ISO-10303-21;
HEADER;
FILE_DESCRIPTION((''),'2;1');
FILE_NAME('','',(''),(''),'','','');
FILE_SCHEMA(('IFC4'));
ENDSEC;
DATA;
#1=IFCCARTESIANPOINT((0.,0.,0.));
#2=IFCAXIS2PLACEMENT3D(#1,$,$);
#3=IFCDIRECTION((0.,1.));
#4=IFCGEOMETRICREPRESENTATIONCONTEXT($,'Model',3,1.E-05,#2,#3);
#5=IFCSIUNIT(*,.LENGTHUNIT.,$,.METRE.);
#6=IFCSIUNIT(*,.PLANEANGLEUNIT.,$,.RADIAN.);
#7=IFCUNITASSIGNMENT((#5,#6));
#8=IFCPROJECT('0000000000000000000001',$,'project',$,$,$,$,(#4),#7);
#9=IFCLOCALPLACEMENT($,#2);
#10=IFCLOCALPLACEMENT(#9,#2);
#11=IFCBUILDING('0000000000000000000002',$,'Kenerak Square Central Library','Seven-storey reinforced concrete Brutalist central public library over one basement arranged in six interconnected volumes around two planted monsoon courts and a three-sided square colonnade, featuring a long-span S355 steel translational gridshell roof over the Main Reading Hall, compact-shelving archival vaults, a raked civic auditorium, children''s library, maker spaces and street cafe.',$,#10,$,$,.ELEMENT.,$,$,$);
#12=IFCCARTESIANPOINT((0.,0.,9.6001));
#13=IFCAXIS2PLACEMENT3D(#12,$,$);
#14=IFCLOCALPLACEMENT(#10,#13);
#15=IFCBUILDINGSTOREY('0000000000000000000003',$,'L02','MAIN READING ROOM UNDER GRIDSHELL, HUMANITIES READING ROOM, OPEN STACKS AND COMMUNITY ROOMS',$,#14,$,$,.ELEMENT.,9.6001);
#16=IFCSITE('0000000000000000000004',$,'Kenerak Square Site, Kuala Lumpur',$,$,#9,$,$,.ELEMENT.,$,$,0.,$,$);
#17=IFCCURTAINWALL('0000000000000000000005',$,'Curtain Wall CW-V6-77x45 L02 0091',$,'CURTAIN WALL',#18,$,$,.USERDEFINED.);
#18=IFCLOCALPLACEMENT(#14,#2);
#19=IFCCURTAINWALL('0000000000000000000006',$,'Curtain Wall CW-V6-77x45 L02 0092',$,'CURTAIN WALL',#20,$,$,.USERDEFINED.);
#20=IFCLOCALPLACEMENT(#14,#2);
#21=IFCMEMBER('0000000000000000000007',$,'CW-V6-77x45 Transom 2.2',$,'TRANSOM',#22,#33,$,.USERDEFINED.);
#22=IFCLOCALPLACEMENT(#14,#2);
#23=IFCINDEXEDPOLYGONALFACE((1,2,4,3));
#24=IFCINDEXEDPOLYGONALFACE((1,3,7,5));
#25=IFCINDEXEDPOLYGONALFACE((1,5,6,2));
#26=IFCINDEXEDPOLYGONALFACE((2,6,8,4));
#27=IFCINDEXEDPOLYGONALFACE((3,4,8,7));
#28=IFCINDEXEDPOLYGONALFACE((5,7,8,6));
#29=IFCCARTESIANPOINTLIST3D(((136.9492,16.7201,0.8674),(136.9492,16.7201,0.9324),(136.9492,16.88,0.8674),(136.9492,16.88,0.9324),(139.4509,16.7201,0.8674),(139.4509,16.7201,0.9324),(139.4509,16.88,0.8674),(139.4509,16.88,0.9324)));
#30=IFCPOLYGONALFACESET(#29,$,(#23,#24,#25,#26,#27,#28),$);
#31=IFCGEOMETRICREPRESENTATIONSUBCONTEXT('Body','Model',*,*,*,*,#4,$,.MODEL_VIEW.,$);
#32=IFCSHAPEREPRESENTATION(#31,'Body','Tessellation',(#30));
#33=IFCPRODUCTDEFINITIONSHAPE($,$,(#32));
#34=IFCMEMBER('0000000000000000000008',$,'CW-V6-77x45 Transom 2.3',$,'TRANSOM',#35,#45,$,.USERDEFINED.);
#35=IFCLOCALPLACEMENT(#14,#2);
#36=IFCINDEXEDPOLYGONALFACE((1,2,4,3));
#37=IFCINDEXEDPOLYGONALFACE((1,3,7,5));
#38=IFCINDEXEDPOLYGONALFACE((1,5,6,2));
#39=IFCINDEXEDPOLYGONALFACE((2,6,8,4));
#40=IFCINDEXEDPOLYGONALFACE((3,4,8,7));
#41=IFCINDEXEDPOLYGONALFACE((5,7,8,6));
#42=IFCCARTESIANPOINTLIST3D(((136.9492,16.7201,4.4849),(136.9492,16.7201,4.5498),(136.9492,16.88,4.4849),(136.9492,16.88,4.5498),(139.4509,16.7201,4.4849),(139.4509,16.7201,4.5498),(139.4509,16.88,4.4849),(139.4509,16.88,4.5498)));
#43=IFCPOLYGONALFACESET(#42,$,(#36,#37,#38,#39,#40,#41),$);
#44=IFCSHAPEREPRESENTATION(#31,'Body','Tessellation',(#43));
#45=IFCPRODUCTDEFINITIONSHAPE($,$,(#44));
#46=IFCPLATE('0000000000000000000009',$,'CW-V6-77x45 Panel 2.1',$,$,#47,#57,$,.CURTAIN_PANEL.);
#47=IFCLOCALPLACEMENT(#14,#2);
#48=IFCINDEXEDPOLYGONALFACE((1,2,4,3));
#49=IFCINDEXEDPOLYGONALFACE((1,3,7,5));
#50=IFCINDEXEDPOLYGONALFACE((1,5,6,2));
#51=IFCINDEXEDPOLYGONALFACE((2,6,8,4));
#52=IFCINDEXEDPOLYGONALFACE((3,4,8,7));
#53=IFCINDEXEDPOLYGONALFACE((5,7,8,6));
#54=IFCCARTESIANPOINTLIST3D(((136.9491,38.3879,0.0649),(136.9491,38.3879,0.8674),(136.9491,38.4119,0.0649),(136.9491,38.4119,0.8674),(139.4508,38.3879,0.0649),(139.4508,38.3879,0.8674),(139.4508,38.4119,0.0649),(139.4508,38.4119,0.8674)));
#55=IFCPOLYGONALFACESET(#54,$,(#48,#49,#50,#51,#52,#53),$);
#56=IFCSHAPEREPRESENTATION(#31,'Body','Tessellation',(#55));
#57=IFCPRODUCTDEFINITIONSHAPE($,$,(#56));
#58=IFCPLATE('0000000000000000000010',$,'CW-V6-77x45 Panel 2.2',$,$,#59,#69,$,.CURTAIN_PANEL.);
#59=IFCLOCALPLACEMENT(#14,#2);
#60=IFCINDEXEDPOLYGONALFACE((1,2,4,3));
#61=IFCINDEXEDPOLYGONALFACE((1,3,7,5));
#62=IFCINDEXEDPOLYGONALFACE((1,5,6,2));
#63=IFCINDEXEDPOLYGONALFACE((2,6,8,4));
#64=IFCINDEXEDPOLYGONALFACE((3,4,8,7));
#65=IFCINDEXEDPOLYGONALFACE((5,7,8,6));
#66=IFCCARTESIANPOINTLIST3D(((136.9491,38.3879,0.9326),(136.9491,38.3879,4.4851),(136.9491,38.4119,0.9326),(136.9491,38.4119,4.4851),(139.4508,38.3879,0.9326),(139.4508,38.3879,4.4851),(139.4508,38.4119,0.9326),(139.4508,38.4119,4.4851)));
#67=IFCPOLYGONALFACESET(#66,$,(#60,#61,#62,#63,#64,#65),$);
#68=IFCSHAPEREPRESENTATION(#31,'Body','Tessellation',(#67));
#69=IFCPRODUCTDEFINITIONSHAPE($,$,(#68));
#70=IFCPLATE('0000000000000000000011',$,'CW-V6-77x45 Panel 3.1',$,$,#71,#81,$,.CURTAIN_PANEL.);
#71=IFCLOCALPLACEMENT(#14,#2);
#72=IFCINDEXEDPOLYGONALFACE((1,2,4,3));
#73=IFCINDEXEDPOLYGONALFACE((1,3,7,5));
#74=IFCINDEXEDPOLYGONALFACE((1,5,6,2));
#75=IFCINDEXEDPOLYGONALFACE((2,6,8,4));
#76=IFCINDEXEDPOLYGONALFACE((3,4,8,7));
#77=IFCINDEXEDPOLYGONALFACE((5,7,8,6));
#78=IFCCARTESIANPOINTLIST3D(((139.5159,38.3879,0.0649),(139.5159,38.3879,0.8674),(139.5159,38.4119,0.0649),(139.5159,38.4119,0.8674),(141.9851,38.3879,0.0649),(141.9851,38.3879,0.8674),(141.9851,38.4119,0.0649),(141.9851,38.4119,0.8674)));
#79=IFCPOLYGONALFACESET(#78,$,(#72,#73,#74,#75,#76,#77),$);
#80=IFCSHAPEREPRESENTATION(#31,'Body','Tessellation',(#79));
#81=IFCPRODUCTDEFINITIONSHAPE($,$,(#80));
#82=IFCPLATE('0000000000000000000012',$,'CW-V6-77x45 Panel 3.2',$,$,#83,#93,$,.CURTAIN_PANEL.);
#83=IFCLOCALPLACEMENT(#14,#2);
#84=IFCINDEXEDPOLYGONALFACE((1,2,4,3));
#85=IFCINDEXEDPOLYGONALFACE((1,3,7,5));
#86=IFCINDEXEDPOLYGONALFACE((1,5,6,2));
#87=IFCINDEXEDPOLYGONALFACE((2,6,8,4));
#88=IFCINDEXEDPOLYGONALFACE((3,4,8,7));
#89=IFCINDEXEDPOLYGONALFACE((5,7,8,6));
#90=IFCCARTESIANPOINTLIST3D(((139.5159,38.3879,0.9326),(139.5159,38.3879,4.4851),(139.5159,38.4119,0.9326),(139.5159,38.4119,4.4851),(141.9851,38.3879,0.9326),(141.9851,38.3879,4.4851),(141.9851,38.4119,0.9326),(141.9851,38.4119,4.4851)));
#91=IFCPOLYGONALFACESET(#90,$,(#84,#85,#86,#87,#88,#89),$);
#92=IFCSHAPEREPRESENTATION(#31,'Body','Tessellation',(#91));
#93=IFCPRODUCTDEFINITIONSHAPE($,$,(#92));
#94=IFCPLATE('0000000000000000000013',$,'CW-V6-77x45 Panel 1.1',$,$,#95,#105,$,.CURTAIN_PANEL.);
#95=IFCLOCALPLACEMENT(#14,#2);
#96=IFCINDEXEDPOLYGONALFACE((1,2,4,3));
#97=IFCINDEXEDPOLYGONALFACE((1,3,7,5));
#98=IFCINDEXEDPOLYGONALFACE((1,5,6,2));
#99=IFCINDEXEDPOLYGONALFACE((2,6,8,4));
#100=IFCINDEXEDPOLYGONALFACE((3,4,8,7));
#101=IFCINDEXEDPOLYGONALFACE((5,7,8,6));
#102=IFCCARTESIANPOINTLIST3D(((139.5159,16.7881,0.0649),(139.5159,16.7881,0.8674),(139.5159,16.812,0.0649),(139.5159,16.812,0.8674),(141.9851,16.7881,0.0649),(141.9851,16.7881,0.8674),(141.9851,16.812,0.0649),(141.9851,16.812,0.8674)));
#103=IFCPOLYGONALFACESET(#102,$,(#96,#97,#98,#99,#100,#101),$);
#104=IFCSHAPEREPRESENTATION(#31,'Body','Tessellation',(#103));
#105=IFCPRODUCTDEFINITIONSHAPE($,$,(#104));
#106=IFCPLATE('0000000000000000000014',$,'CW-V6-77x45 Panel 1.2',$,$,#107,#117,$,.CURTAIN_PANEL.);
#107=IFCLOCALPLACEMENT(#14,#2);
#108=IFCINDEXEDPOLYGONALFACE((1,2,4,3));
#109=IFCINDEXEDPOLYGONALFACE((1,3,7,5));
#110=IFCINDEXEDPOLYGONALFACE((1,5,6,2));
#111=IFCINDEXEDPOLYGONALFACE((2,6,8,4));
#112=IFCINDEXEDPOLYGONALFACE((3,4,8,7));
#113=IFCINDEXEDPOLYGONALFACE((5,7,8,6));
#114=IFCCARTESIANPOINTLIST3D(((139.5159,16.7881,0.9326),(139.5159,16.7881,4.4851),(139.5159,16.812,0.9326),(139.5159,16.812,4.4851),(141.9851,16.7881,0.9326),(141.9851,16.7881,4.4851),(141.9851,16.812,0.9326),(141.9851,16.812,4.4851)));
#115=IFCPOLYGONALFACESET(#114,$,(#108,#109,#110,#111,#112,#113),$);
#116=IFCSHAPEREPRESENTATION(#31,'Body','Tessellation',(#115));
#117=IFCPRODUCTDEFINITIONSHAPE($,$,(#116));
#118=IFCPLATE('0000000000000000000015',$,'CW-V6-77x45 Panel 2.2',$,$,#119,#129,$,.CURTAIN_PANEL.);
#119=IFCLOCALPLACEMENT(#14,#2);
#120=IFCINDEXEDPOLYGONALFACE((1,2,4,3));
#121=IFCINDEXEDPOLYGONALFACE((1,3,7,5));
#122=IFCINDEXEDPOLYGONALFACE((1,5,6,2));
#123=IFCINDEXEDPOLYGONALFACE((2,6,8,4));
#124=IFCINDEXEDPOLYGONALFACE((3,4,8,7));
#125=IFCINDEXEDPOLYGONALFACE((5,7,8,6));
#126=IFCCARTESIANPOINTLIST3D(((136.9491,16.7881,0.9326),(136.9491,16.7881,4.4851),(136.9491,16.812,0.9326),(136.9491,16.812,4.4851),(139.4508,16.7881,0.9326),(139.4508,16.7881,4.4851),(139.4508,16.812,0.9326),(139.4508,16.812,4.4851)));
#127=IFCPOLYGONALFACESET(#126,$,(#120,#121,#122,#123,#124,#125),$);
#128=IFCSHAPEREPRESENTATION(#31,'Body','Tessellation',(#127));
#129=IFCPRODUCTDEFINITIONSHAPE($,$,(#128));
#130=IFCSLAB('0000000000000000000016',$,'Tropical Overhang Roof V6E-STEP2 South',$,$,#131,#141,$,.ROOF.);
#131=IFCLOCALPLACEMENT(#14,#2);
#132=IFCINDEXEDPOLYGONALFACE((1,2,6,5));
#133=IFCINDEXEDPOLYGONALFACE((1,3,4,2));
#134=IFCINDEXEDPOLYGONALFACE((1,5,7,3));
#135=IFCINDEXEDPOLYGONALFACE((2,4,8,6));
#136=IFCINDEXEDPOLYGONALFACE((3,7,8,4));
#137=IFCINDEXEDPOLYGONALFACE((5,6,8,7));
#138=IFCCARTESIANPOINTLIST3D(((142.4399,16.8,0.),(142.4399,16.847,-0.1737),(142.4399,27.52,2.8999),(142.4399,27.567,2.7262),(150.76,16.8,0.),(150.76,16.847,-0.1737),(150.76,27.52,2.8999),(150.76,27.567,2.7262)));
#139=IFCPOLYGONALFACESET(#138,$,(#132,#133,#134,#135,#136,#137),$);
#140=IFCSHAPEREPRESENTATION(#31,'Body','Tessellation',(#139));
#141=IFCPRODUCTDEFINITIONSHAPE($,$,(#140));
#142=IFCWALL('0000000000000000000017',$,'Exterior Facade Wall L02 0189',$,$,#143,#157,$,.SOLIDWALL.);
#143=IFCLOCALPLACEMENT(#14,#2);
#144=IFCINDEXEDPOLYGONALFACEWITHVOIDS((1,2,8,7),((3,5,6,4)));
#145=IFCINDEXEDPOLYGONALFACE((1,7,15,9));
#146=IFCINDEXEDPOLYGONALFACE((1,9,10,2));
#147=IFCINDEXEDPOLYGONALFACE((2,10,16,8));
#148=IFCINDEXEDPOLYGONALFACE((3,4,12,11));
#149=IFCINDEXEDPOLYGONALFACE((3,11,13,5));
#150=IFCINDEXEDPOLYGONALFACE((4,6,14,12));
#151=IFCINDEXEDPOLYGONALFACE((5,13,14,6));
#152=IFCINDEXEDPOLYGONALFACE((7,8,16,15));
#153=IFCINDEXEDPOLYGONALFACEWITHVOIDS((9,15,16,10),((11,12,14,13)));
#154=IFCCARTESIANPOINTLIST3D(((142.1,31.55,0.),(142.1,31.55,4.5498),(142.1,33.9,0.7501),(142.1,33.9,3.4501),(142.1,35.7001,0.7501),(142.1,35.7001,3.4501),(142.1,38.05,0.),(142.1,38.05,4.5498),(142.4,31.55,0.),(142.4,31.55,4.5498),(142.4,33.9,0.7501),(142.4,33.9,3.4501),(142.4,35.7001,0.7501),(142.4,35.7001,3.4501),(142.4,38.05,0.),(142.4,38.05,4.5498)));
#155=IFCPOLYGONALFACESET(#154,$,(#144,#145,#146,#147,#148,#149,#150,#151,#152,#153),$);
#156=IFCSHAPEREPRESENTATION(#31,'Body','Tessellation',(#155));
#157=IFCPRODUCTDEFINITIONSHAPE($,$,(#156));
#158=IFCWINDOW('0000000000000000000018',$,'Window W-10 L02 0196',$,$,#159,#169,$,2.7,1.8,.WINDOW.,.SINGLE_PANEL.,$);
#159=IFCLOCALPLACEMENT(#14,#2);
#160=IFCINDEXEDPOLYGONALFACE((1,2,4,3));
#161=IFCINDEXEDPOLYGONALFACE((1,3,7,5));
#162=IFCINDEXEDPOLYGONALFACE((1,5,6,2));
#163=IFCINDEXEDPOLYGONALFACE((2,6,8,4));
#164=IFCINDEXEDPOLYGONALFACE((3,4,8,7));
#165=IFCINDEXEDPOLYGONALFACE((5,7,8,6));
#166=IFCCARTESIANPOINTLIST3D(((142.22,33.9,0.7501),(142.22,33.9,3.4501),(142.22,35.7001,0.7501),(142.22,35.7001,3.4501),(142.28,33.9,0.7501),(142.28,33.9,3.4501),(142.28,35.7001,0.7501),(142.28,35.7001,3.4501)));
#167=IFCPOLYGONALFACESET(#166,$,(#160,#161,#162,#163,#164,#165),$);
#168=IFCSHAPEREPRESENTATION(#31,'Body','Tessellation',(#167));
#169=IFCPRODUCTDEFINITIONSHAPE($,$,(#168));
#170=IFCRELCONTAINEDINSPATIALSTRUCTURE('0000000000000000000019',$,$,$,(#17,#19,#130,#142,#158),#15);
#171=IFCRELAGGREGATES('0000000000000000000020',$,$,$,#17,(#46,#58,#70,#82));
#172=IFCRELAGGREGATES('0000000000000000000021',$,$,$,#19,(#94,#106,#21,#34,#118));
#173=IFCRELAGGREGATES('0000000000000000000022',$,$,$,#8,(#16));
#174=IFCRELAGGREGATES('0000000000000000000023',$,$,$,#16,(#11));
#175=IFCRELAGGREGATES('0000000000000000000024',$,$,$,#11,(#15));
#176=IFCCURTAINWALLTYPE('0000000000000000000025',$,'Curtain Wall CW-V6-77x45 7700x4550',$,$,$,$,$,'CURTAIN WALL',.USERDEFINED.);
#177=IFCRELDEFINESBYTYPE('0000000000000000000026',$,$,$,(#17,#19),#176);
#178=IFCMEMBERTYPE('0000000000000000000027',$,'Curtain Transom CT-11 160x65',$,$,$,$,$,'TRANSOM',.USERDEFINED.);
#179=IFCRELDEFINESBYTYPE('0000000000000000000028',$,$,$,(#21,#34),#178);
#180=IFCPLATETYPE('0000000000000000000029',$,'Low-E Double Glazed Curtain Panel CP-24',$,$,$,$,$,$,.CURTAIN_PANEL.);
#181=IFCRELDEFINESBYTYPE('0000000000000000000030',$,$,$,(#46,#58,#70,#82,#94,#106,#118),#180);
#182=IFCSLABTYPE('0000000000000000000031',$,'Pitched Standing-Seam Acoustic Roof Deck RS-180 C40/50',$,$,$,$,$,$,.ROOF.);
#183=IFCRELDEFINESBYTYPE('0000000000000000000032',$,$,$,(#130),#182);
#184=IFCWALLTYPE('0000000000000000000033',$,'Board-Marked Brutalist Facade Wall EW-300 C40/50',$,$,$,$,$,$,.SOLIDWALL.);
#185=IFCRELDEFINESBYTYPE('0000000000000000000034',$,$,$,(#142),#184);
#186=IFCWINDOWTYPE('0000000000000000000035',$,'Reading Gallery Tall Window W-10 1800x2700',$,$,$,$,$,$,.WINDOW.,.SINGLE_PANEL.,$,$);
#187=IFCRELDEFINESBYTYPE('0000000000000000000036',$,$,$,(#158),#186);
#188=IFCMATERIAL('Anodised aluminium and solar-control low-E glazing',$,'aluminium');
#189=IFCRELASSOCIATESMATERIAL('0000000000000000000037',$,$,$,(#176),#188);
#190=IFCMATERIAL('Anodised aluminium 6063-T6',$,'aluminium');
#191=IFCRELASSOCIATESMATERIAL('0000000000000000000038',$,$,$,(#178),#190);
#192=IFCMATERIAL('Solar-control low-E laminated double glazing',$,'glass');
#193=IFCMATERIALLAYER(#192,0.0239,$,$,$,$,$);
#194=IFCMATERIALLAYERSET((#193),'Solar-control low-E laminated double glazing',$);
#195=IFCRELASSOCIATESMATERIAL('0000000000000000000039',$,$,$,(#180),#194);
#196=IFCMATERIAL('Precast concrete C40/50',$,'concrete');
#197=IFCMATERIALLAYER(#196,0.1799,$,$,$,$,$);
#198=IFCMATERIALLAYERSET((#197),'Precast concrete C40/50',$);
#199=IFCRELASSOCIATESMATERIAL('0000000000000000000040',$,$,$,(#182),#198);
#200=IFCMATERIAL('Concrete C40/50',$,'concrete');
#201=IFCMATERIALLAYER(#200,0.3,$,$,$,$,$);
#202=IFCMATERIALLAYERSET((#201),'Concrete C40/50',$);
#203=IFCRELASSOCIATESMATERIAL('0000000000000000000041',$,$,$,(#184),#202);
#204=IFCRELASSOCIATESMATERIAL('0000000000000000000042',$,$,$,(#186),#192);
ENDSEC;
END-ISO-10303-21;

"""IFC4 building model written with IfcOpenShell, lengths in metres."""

from ifc_helpers import new_model, si_unit, direction, frame, frame_2d, origin, origin_2d, place, context, subcontext, project, spatial, polyline, rectangle, outline, extrude, material, layer, layer_set, material_profile, profile_set, type_object, element, fill, aggregate, save


model = new_model("IFC4")

# Units and contexts
model_context = context("Model", 3, precision=1e-05, world=origin(), true_north=direction((0.0, 1.0)))
body_context = subcontext(model_context, "Body", "Model", "MODEL_VIEW")
ifc_project = project(units=[si_unit("LENGTHUNIT", "METRE"), si_unit("PLANEANGLEUNIT", "RADIAN")], contexts=[model_context])

# Site, building, storey
site_placement = place(None, origin())
site = spatial("IfcSite", under=ifc_project, at=site_placement, Name="Kenerak Square Site, Kuala Lumpur", CompositionType="ELEMENT", RefElevation=0.0)
building_placement = place(site_placement, origin())
building = spatial("IfcBuilding", under=site, at=building_placement, Name="Kenerak Square Central Library", Description="Seven-storey reinforced concrete Brutalist central public library over one basement arranged in six interconnected volumes around two planted monsoon courts and a three-sided square colonnade, featuring a long-span S355 steel translational gridshell roof over the Main Reading Hall, compact-shelving archival vaults, a raked civic auditorium, children's library, maker spaces and street cafe.", CompositionType="ELEMENT")
storey_placement = place(building_placement, frame((0.0, 0.0, 9.6001)))
storey = spatial("IfcBuildingStorey", under=building, at=storey_placement, Name="L02", Description="MAIN READING ROOM UNDER GRIDSHELL, HUMANITIES READING ROOM, OPEN STACKS AND COMMUNITY ROOMS", CompositionType="ELEMENT", Elevation=9.6001)

# Shared definitions
ifc_material_1 = material(Name="Concrete C40/50", Category="concrete")

# Curtain walls
ifc_material_2 = material(Name="Anodised aluminium and solar-control low-E glazing", Category="aluminium")
curtain_wall_type = type_object("IfcCurtainWallType", Name="Curtain Wall CW-V6-77x45 7700x4550", ElementType="CURTAIN WALL", PredefinedType="USERDEFINED", material=ifc_material_2)
curtain_wall_1_placement = place(storey_placement, origin())
curtain_wall_1 = element("IfcCurtainWall", 1, at=curtain_wall_1_placement, inside=storey, type_object=curtain_wall_type, Name="Curtain Wall CW-V6-77x45 L02 0091", ObjectType="CURTAIN WALL", PredefinedType="USERDEFINED")
ifc_material_3 = material(Name="Anodised aluminium 6063-T6", Category="aluminium")
curtain_wall_2_placement = place(storey_placement, origin())
curtain_wall_2 = element("IfcCurtainWall", 2, at=curtain_wall_2_placement, inside=storey, type_object=curtain_wall_type, Name="Curtain Wall CW-V6-77x45 L02 0092", ObjectType="CURTAIN WALL", PredefinedType="USERDEFINED")

# Members
ifc_material_profile_1 = material_profile(ifc_material_3, rectangle(XDim=0.1599, YDim=0.0649, at=origin_2d()), Name="AL TRANSOM 160x65")
ifc_profile_set_1 = profile_set([ifc_material_profile_1], Name="Anodised aluminium 6063-T6")
member_type_1 = type_object("IfcMemberType", Name="Curtain Transom CT-11 160x65", ElementType="TRANSOM", PredefinedType="USERDEFINED", material=ifc_profile_set_1)
member_1_placement = place(storey_placement, frame((139.4509, 16.8, 0.8999), z_axis=(-1.0, 0.0, 0.0), x_axis=(0.0, -1.0, 0.0)))
member_1 = element("IfcMember", 3, at=member_1_placement, type_object=member_type_1, Name="CW-V6-77x45 Transom 2.2", ObjectType="TRANSOM", PredefinedType="USERDEFINED", context=body_context, shape_type="SweptSolid", body=[
    extrude(rectangle(XDim=0.1599, YDim=0.0649, at=origin_2d()), origin(), (0.0, 0.0, 1.0), 2.5017),
])
member_2_placement = place(storey_placement, frame((139.4509, 16.8, 4.5173), z_axis=(-1.0, 0.0, 0.0), x_axis=(0.0, -1.0, 0.0)))
member_2 = element("IfcMember", 4, at=member_2_placement, type_object=member_type_1, Name="CW-V6-77x45 Transom 2.3", ObjectType="TRANSOM", PredefinedType="USERDEFINED", context=body_context, shape_type="SweptSolid", body=[
    extrude(rectangle(XDim=0.1599, YDim=0.0649, at=origin_2d()), origin(), (0.0, 0.0, 1.0), 2.5017),
])

# Plates
ifc_material_4 = material(Name="Solar-control low-E laminated double glazing", Category="glass")
ifc_layer_1 = layer(ifc_material_4, 0.0239)
ifc_layer_set_1 = layer_set([ifc_layer_1], Name="Solar-control low-E laminated double glazing")
plate_type = type_object("IfcPlateType", Name="Low-E Double Glazed Curtain Panel CP-24", PredefinedType="CURTAIN_PANEL", material=ifc_layer_set_1)
plate_1_placement = place(storey_placement, frame((138.2, 38.3999, 0.0649), z_axis=(0.0, 0.0, 1.0), x_axis=(1.0, 0.0, 0.0)))
plate_1 = element("IfcPlate", 5, at=plate_1_placement, type_object=plate_type, Name="CW-V6-77x45 Panel 2.1", PredefinedType="CURTAIN_PANEL", context=body_context, shape_type="SweptSolid", body=[
    extrude(rectangle(XDim=2.5017, YDim=0.0239, at=origin_2d()), origin(), (0.0, 0.0, 1.0), 0.8025),
])
plate_2_placement = place(storey_placement, frame((138.2, 38.3999, 0.9326), z_axis=(0.0, 0.0, 1.0), x_axis=(1.0, 0.0, 0.0)))
plate_2 = element("IfcPlate", 6, at=plate_2_placement, type_object=plate_type, Name="CW-V6-77x45 Panel 2.2", PredefinedType="CURTAIN_PANEL", context=body_context, shape_type="SweptSolid", body=[
    extrude(rectangle(XDim=2.5017, YDim=0.0239, at=origin_2d()), origin(), (0.0, 0.0, 1.0), 3.5525),
])
plate_3_placement = place(storey_placement, frame((140.7505, 38.3999, 0.0649), z_axis=(0.0, 0.0, 1.0), x_axis=(1.0, 0.0, 0.0)))
plate_3 = element("IfcPlate", 7, at=plate_3_placement, type_object=plate_type, Name="CW-V6-77x45 Panel 3.1", PredefinedType="CURTAIN_PANEL", context=body_context, shape_type="SweptSolid", body=[
    extrude(rectangle(XDim=2.4692, YDim=0.0239, at=origin_2d()), origin(), (0.0, 0.0, 1.0), 0.8025),
])
plate_4_placement = place(storey_placement, frame((140.7505, 38.3999, 0.9326), z_axis=(0.0, 0.0, 1.0), x_axis=(1.0, 0.0, 0.0)))
plate_4 = element("IfcPlate", 8, at=plate_4_placement, type_object=plate_type, Name="CW-V6-77x45 Panel 3.2", PredefinedType="CURTAIN_PANEL", context=body_context, shape_type="SweptSolid", body=[
    extrude(rectangle(XDim=2.4692, YDim=0.0239, at=origin_2d()), origin(), (0.0, 0.0, 1.0), 3.5525),
])
aggregate(curtain_wall_1, [plate_1, plate_2, plate_3, plate_4])
plate_5_placement = place(storey_placement, frame((140.7505, 16.8, 0.0649), z_axis=(0.0, 0.0, 1.0), x_axis=(-1.0, 0.0, 0.0)))
plate_5 = element("IfcPlate", 9, at=plate_5_placement, type_object=plate_type, Name="CW-V6-77x45 Panel 1.1", PredefinedType="CURTAIN_PANEL", context=body_context, shape_type="SweptSolid", body=[
    extrude(rectangle(XDim=2.4692, YDim=0.0239, at=origin_2d()), origin(), (0.0, 0.0, 1.0), 0.8025),
])
plate_6_placement = place(storey_placement, frame((140.7505, 16.8, 0.9326), z_axis=(0.0, 0.0, 1.0), x_axis=(-1.0, 0.0, 0.0)))
plate_6 = element("IfcPlate", 10, at=plate_6_placement, type_object=plate_type, Name="CW-V6-77x45 Panel 1.2", PredefinedType="CURTAIN_PANEL", context=body_context, shape_type="SweptSolid", body=[
    extrude(rectangle(XDim=2.4692, YDim=0.0239, at=origin_2d()), origin(), (0.0, 0.0, 1.0), 3.5525),
])
plate_7_placement = place(storey_placement, frame((138.2, 16.8, 0.9326), z_axis=(0.0, 0.0, 1.0), x_axis=(-1.0, 0.0, 0.0)))
plate_7 = element("IfcPlate", 11, at=plate_7_placement, type_object=plate_type, Name="CW-V6-77x45 Panel 2.2", PredefinedType="CURTAIN_PANEL", context=body_context, shape_type="SweptSolid", body=[
    extrude(rectangle(XDim=2.5017, YDim=0.0239, at=origin_2d()), origin(), (0.0, 0.0, 1.0), 3.5525),
])
aggregate(curtain_wall_2, [plate_5, plate_6, member_1, member_2, plate_7])

# Slab
ifc_material_5 = material(Name="Precast concrete C40/50", Category="concrete")
ifc_layer_2 = layer(ifc_material_5, 0.1799)
ifc_layer_set_2 = layer_set([ifc_layer_2], Name="Precast concrete C40/50")
slab_type = type_object("IfcSlabType", Name="Pitched Standing-Seam Acoustic Roof Deck RS-180 C40/50", PredefinedType="ROOF", material=ifc_layer_set_2)
slab_placement = place(storey_placement, frame((142.4399, 16.8, 0.0), z_axis=(0.0, -0.261128, 0.965304), x_axis=(1.0, 0.0, 0.0)))
element("IfcSlab", 12, at=slab_placement, inside=storey, type_object=slab_type, Name="Tropical Overhang Roof V6E-STEP2 South", PredefinedType="ROOF", context=body_context, shape_type="SweptSolid", body=[
    extrude(outline(polyline([(0.0, 0.0), (8.3201, 0.0), (8.3201, 11.1053), (0.0, 11.1053), (0.0, 0.0)])), origin(), (0.0, 0.0, -1.0), 0.1799),
])

# Wall, opening, window
ifc_layer_3 = layer(ifc_material_1, 0.3)
ifc_layer_set_3 = layer_set([ifc_layer_3], Name="Concrete C40/50")
wall_type = type_object("IfcWallType", Name="Board-Marked Brutalist Facade Wall EW-300 C40/50", PredefinedType="SOLIDWALL", material=ifc_layer_set_3)
wall_1_placement = place(storey_placement, frame((142.25, 38.05, 0.0), z_axis=(0.0, 0.0, 1.0), x_axis=(0.0, -1.0, 0.0)))
wall_1 = element("IfcWall", 13, at=wall_1_placement, inside=storey, type_object=wall_type, Name="Exterior Facade Wall L02 0189", PredefinedType="SOLIDWALL", context=body_context, shape_type="SweptSolid", body=[
    extrude(rectangle(XDim=6.5, YDim=0.3, at=frame_2d((3.25, 0.0))), origin(), (0.0, 0.0, 1.0), 4.5498),
])
opening_1_placement = place(wall_1_placement, frame((2.3501, 0.0, 0.75)))
opening_1 = element("IfcOpeningElement", 14, at=opening_1_placement, cuts=wall_1, PredefinedType="OPENING", context=body_context, shape_type="SweptSolid", body=[
    extrude(rectangle(XDim=1.8, YDim=2.7, at=frame_2d((0.8999, 1.3501))), frame((0.0, 0.1599, 0.0), z_axis=(0.0, -1.0, 0.0), x_axis=(1.0, 0.0, 0.0)), (0.0, 0.0, 1.0), 0.3201),
])
window_type = type_object("IfcWindowType", Name="Reading Gallery Tall Window W-10 1800x2700", PartitioningType="SINGLE_PANEL", PredefinedType="WINDOW", material=ifc_material_4)
window_1_placement = place(opening_1_placement, origin())
window_1 = element("IfcWindow", 15, at=window_1_placement, inside=storey, type_object=window_type, Name="Window W-10 L02 0196", OverallHeight=2.7, OverallWidth=1.8, PartitioningType="SINGLE_PANEL", PredefinedType="WINDOW", context=body_context, shape_type="SweptSolid", body=[
    extrude(rectangle(XDim=1.8, YDim=2.7, at=frame_2d((0.8999, 1.3501))), frame((0.0, 0.03, 0.0), z_axis=(0.0, -1.0, 0.0), x_axis=(1.0, 0.0, 0.0)), (0.0, 0.0, 1.0), 0.0601),
])
fill(opening_1, window_1)

save(model, "model.ifc")
